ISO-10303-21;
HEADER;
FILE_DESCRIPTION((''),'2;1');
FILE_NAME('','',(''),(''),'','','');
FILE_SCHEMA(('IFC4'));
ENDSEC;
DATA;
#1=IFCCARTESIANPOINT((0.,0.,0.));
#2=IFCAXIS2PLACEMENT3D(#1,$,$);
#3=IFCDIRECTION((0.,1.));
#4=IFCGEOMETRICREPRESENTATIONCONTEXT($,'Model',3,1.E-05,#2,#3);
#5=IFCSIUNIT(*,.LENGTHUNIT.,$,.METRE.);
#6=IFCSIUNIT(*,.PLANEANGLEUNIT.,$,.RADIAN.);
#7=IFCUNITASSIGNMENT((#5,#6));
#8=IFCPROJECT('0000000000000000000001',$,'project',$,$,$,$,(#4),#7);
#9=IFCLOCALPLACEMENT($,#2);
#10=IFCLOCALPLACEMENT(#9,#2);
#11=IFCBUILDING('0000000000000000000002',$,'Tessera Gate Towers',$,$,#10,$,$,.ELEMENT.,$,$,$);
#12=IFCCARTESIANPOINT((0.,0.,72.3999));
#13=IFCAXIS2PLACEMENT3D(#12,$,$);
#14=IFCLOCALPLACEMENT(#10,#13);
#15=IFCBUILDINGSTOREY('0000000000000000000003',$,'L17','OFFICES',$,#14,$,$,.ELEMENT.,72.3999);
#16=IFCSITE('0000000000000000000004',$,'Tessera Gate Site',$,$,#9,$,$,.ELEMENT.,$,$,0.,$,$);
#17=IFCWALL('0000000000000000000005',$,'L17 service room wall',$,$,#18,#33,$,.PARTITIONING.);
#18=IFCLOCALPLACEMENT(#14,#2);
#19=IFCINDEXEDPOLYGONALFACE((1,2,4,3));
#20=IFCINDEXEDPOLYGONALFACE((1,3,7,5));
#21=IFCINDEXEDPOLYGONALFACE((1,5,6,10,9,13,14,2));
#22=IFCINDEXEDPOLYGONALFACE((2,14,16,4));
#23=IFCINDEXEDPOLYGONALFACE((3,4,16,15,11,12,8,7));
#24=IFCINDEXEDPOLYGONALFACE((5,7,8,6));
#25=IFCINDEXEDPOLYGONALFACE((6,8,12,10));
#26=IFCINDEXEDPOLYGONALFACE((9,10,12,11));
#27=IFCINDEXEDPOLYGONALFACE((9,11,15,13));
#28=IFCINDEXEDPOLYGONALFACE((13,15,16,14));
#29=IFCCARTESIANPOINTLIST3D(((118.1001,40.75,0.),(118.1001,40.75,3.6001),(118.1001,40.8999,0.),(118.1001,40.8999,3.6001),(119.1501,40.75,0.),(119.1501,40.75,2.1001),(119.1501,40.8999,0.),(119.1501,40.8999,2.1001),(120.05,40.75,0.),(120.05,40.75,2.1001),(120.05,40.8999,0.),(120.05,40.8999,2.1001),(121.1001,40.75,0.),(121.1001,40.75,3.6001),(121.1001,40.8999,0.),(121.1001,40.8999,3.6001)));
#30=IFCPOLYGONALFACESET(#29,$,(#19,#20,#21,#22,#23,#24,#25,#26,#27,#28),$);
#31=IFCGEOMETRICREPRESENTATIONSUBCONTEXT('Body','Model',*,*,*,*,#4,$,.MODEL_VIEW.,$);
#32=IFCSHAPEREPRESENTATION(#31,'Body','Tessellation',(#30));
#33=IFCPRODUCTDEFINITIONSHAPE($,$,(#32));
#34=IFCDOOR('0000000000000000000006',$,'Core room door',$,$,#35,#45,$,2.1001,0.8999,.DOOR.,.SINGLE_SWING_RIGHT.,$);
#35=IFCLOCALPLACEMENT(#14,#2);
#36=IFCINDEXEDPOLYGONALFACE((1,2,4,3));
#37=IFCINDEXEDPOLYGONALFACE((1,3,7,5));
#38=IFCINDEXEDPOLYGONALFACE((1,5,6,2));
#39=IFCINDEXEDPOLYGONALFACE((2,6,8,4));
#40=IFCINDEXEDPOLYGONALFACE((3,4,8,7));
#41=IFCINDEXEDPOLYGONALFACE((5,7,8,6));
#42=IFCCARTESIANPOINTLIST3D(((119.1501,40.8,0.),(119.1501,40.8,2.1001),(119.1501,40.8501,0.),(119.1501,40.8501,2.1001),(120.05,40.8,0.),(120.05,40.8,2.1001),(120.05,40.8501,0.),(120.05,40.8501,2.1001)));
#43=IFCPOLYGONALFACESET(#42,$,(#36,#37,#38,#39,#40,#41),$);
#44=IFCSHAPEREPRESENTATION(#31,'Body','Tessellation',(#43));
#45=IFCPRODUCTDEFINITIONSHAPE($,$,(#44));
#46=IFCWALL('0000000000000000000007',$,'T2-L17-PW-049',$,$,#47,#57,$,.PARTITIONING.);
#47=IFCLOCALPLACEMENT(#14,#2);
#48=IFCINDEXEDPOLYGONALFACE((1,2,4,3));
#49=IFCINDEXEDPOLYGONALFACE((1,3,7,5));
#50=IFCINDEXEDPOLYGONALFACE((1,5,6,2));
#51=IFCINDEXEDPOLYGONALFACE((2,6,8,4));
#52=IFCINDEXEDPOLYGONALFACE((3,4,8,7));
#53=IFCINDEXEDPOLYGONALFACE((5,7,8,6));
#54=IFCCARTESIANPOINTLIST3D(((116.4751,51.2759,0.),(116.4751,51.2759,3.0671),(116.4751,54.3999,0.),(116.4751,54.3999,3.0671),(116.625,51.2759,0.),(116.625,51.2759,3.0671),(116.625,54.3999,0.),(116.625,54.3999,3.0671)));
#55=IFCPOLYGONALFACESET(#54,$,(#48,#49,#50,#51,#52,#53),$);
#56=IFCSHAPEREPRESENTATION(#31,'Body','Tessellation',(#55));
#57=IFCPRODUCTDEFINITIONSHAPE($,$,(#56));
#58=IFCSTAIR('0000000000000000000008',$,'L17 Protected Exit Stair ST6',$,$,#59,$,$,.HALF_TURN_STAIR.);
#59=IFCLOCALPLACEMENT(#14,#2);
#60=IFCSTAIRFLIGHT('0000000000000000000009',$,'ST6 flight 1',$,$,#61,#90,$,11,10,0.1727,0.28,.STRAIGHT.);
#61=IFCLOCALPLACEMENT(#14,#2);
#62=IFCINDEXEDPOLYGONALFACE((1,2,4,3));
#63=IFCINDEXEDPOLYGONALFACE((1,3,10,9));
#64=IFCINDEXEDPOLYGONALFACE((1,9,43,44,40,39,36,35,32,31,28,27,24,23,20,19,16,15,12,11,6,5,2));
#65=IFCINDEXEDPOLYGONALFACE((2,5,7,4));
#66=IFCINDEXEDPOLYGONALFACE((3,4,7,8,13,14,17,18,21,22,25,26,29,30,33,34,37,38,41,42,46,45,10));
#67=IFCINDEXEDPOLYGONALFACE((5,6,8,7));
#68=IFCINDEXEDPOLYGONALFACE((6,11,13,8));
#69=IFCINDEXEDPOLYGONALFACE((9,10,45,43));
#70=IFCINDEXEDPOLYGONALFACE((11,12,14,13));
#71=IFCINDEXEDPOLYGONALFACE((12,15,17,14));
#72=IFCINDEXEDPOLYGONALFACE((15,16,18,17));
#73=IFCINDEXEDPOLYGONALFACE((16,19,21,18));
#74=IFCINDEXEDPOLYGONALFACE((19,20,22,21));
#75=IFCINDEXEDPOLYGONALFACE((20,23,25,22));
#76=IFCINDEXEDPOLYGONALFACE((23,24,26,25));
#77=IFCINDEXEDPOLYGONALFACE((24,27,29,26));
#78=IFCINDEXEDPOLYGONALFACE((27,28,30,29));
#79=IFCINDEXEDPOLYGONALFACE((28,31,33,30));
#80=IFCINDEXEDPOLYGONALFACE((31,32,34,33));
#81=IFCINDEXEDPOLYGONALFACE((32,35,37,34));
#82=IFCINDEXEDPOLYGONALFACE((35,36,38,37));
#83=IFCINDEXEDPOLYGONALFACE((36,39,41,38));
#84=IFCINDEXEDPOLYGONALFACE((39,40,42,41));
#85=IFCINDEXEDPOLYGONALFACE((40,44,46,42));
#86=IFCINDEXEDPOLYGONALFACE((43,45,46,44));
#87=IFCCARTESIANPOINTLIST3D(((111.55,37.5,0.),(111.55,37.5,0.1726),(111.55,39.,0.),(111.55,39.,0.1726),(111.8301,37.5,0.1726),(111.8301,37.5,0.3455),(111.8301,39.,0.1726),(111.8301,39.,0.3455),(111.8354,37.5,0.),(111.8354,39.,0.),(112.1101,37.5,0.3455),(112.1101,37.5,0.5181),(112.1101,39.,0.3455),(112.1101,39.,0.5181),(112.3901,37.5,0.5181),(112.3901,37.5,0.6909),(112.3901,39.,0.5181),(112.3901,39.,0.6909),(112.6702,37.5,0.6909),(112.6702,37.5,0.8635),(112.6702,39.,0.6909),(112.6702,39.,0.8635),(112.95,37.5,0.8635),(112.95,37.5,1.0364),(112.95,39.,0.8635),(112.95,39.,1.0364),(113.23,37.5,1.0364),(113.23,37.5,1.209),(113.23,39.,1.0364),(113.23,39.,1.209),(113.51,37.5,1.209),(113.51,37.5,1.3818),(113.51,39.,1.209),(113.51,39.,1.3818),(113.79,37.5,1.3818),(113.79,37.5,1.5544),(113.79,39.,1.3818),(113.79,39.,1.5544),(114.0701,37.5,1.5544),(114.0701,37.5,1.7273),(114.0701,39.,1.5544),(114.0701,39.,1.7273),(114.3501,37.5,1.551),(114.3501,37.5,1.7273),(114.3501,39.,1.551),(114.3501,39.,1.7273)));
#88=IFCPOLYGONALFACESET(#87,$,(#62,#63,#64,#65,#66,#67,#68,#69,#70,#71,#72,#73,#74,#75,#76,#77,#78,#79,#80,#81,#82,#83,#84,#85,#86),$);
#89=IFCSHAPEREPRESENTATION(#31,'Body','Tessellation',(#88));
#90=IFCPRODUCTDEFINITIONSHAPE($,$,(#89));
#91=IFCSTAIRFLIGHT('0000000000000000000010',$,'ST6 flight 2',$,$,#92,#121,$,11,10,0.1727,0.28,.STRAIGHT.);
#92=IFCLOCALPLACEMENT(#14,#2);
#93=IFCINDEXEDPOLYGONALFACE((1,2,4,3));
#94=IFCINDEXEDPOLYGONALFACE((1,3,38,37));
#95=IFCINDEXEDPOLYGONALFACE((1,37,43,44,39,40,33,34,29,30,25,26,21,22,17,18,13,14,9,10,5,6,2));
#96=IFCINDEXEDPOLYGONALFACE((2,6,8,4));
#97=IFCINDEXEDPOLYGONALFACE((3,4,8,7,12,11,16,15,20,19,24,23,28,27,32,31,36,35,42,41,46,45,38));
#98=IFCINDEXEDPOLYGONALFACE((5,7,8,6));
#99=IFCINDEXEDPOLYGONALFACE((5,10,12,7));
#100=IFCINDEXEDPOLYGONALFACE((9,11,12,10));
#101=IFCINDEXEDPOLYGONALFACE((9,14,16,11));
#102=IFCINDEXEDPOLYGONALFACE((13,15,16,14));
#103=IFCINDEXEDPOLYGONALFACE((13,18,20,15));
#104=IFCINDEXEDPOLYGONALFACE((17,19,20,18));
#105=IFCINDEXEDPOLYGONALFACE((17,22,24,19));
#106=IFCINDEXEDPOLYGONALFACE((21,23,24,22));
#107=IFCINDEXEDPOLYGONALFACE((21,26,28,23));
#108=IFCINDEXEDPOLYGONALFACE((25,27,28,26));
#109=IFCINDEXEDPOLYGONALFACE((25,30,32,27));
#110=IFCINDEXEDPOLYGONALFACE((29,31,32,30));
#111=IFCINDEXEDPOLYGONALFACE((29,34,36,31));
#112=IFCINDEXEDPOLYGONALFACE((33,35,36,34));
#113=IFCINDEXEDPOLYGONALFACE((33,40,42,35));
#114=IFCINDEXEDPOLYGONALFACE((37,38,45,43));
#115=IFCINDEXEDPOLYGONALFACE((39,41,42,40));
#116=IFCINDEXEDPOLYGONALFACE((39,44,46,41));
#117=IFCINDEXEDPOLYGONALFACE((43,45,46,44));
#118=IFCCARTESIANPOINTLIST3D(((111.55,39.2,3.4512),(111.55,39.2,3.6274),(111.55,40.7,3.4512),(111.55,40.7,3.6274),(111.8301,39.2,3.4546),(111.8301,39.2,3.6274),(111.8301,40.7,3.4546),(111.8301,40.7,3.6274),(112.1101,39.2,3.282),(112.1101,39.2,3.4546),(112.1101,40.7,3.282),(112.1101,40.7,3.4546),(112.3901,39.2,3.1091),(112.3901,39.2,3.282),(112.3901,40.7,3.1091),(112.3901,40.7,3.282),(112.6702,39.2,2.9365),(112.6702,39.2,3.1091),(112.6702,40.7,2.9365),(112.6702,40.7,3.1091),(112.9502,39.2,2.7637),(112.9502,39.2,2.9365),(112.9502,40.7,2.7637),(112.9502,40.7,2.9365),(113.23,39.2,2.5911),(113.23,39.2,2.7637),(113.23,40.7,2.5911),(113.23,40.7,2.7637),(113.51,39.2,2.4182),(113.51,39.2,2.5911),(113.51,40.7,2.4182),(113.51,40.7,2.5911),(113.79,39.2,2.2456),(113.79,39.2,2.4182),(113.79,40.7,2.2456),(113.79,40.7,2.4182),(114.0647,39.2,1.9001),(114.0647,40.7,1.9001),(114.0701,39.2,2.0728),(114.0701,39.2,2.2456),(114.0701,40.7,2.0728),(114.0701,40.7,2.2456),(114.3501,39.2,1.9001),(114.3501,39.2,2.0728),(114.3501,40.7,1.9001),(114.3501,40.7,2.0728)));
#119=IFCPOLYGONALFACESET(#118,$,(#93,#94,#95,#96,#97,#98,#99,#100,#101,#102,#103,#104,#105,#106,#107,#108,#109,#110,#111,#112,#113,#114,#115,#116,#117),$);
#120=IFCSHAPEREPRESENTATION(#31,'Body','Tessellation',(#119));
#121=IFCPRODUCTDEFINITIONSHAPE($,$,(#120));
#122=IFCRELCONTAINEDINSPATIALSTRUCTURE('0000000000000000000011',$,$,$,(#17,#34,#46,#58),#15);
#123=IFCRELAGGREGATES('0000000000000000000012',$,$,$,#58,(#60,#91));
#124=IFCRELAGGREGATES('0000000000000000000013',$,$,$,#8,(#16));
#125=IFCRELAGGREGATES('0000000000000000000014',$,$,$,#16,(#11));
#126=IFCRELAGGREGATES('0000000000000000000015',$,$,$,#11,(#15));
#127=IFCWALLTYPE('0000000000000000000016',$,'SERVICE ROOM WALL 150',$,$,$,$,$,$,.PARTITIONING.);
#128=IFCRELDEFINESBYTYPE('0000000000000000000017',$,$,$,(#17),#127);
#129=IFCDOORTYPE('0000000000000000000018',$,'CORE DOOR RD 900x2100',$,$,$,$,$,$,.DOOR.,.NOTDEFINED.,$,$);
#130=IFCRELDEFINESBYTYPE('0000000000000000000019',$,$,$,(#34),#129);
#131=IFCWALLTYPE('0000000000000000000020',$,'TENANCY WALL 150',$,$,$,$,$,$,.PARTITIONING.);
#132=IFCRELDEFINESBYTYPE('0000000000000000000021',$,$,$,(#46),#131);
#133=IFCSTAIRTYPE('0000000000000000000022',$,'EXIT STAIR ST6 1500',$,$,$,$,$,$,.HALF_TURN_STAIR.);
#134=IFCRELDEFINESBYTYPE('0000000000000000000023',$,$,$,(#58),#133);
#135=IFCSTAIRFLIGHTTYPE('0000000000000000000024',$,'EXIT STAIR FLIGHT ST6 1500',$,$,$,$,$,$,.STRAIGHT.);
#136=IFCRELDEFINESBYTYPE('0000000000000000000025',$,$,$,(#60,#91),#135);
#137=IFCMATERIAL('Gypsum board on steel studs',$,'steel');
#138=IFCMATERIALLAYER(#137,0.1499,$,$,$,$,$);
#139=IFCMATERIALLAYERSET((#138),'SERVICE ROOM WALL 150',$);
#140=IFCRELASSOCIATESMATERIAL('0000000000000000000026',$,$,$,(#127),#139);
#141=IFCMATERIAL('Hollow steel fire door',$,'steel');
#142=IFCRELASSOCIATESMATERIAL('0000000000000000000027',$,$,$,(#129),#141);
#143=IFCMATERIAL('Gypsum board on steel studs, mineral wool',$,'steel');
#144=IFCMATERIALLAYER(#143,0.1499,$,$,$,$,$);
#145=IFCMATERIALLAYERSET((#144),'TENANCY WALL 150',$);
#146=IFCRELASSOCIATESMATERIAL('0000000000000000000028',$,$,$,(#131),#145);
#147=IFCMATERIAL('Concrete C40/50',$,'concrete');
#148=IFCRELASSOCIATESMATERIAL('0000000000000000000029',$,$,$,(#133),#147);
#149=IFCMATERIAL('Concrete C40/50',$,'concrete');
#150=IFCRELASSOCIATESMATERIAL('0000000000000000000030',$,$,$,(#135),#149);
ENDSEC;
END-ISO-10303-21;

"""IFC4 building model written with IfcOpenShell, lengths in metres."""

from ifc_helpers import new_model, si_unit, direction, frame, frame_2d, origin, place, context, subcontext, project, spatial, polyline, rectangle, outline, extrude, source, transform, mapped, material, layer, layer_set, type_object, element, fill, aggregate, save


model = new_model("IFC4")

# Units and contexts
model_context = context("Model", 3, precision=1e-05, world=origin(), true_north=direction((0.0, 1.0)))
body_context = subcontext(model_context, "Body", "Model", "MODEL_VIEW")
ifc_project = project(units=[si_unit("LENGTHUNIT", "METRE"), si_unit("PLANEANGLEUNIT", "RADIAN")], contexts=[model_context])

# Site, building, storey
site_placement = place(None, origin())
site = spatial("IfcSite", under=ifc_project, at=site_placement, Name="Tessera Gate Site", CompositionType="ELEMENT", RefElevation=0.0)
building_placement = place(site_placement, origin())
building = spatial("IfcBuilding", under=site, at=building_placement, Name="Tessera Gate Towers", CompositionType="ELEMENT")
storey_placement = place(building_placement, frame((0.0, 0.0, 72.3999)))
storey = spatial("IfcBuildingStorey", under=building, at=storey_placement, Name="L17", Description="OFFICES", CompositionType="ELEMENT", Elevation=72.3999)

# Wall, opening, door
ifc_material_1 = material(Name="Gypsum board on steel studs", Category="steel")
ifc_layer_1 = layer(ifc_material_1, 0.1499)
ifc_layer_set_1 = layer_set([ifc_layer_1], Name="SERVICE ROOM WALL 150")
wall_type_1 = type_object("IfcWallType", Name="SERVICE ROOM WALL 150", PredefinedType="PARTITIONING", material=ifc_layer_set_1)
wall_1_placement = place(storey_placement, frame((121.1001, 40.825, 0.0), z_axis=(0.0, 0.0, 1.0), x_axis=(-1.0, 0.0, 0.0)))
wall_1 = element("IfcWall", 1, at=wall_1_placement, inside=storey, type_object=wall_type_1, Name="L17 service room wall", PredefinedType="PARTITIONING", context=body_context, shape_type="SweptSolid", body=[
    extrude(rectangle(XDim=3.0, YDim=0.1499, at=frame_2d((1.5, 0.0))), origin(), (0.0, 0.0, 1.0), 3.6001),
])
shared_shape_1 = source(origin(), body_context, "Body", "SweptSolid", [
    extrude(rectangle(XDim=0.8999, YDim=2.1001, at=frame_2d((0.45, 1.05))), frame((0.0, 0.085, 0.0), z_axis=(0.0, -1.0, 0.0), x_axis=(1.0, 0.0, 0.0)), (0.0, 0.0, 1.0), 0.1699),
])
opening_1_placement = place(wall_1_placement, frame((1.05, 0.0, 0.0)))
opening_1 = element("IfcOpeningElement", 2, at=opening_1_placement, cuts=wall_1, PredefinedType="OPENING", context=body_context, shape_type="MappedRepresentation", body=[
    mapped(shared_shape_1, transform((0.0, 0.0, 0.0), scale=1.0)),
])
ifc_material_2 = material(Name="Hollow steel fire door", Category="steel")
door_type_1 = type_object("IfcDoorType", Name="CORE DOOR RD 900x2100", OperationType="NOTDEFINED", PredefinedType="DOOR", material=ifc_material_2)
shared_shape_2 = source(origin(), body_context, "Body", "SweptSolid", [
    extrude(rectangle(XDim=0.8999, YDim=2.1001, at=frame_2d((0.45, 1.05))), frame((0.0, 0.0249, 0.0), z_axis=(0.0, -1.0, 0.0), x_axis=(1.0, 0.0, 0.0)), (0.0, 0.0, 1.0), 0.05),
])
door_1_placement = place(opening_1_placement, origin())
door_1 = element("IfcDoor", 3, at=door_1_placement, inside=storey, type_object=door_type_1, Name="Core room door", OperationType="SINGLE_SWING_RIGHT", OverallHeight=2.1001, OverallWidth=0.8999, PredefinedType="DOOR", context=body_context, shape_type="MappedRepresentation", body=[
    mapped(shared_shape_2, transform((0.0, 0.0, 0.0), scale=1.0)),
])
fill(opening_1, door_1)

# Wall
ifc_material_3 = material(Name="Gypsum board on steel studs, mineral wool", Category="steel")
ifc_layer_2 = layer(ifc_material_3, 0.1499)
ifc_layer_set_2 = layer_set([ifc_layer_2], Name="TENANCY WALL 150")
wall_type_2 = type_object("IfcWallType", Name="TENANCY WALL 150", PredefinedType="PARTITIONING", material=ifc_layer_set_2)
wall_2_placement = place(storey_placement, frame((116.55, 51.2759, 0.0), z_axis=(0.0, 0.0, 1.0), x_axis=(0.0, 1.0, 0.0)))
element("IfcWall", 4, at=wall_2_placement, inside=storey, type_object=wall_type_2, Name="T2-L17-PW-049", PredefinedType="PARTITIONING", context=body_context, shape_type="SweptSolid", body=[
    extrude(rectangle(XDim=3.124, YDim=0.1499, at=frame_2d((1.562, 0.0))), origin(), (0.0, 0.0, 1.0), 3.0671),
])

# Stair, stair flights
ifc_material_4 = material(Name="Concrete C40/50", Category="concrete")
stair_type = type_object("IfcStairType", Name="EXIT STAIR ST6 1500", PredefinedType="HALF_TURN_STAIR", material=ifc_material_4)
stair_placement = place(storey_placement, origin())
stair = element("IfcStair", 5, at=stair_placement, inside=storey, type_object=stair_type, Name="L17 Protected Exit Stair ST6", PredefinedType="HALF_TURN_STAIR")
ifc_material_5 = material(Name="Concrete C40/50", Category="concrete")
stair_flight_type = type_object("IfcStairFlightType", Name="EXIT STAIR FLIGHT ST6 1500", PredefinedType="STRAIGHT", material=ifc_material_5)
stair_flight_1_placement = place(storey_placement, frame((111.55, 38.25, 0.0), z_axis=(0.0, 0.0, 1.0), x_axis=(1.0, 0.0, 0.0)))
stair_flight_1 = element("IfcStairFlight", 6, at=stair_flight_1_placement, type_object=stair_flight_type, Name="ST6 flight 1", NumberOfRisers=11, NumberOfTreads=10, PredefinedType="STRAIGHT", RiserHeight=0.1727, TreadLength=0.28, context=body_context, shape_type="SweptSolid", body=[
    extrude(outline(polyline([(0.0, 0.0), (0.0, 0.1726), (0.28, 0.1726), (0.28, 0.3455), (0.5601, 0.3455), (0.5601, 0.5181), (0.8401, 0.5181), (0.8401, 0.6909), (1.1201, 0.6909), (1.1201, 0.8635), (1.3999, 0.8635), (1.3999, 1.0364), (1.6799, 1.0364), (1.6799, 1.209), (1.96, 1.209), (1.96, 1.3818), (2.24, 1.3818), (2.24, 1.5544), (2.52, 1.5544), (2.52, 1.7273), (2.8, 1.7273), (2.8, 1.8999), (2.8, 1.551), (0.2854, 0.0), (0.0, 0.0)])), frame((0.0, 0.75, 0.0), z_axis=(0.0, -1.0, 0.0), x_axis=(1.0, 0.0, 0.0)), (0.0, 0.0, 1.0), 1.5),
])
stair_flight_2_placement = place(storey_placement, frame((114.3501, 39.95, 1.9001), z_axis=(0.0, 0.0, 1.0), x_axis=(-1.0, 0.0, 0.0)))
stair_flight_2 = element("IfcStairFlight", 7, at=stair_flight_2_placement, type_object=stair_flight_type, Name="ST6 flight 2", NumberOfRisers=11, NumberOfTreads=10, PredefinedType="STRAIGHT", RiserHeight=0.1727, TreadLength=0.28, context=body_context, shape_type="SweptSolid", body=[
    extrude(outline(polyline([(0.0, 0.0), (0.0, 0.1726), (0.28, 0.1726), (0.28, 0.3455), (0.5601, 0.3455), (0.5601, 0.5181), (0.8401, 0.5181), (0.8401, 0.6909), (1.1201, 0.6909), (1.1201, 0.8635), (1.3999, 0.8635), (1.3999, 1.0364), (1.6799, 1.0364), (1.6799, 1.209), (1.96, 1.209), (1.96, 1.3818), (2.24, 1.3818), (2.24, 1.5544), (2.52, 1.5544), (2.52, 1.7273), (2.8, 1.7273), (2.8, 1.8999), (2.8, 1.551), (0.2854, 0.0), (0.0, 0.0)])), frame((0.0, 0.75, 0.0), z_axis=(0.0, -1.0, 0.0), x_axis=(1.0, 0.0, 0.0)), (0.0, 0.0, 1.0), 1.5),
])
aggregate(stair, [stair_flight_1, stair_flight_2])

save(model, "model.ifc")
